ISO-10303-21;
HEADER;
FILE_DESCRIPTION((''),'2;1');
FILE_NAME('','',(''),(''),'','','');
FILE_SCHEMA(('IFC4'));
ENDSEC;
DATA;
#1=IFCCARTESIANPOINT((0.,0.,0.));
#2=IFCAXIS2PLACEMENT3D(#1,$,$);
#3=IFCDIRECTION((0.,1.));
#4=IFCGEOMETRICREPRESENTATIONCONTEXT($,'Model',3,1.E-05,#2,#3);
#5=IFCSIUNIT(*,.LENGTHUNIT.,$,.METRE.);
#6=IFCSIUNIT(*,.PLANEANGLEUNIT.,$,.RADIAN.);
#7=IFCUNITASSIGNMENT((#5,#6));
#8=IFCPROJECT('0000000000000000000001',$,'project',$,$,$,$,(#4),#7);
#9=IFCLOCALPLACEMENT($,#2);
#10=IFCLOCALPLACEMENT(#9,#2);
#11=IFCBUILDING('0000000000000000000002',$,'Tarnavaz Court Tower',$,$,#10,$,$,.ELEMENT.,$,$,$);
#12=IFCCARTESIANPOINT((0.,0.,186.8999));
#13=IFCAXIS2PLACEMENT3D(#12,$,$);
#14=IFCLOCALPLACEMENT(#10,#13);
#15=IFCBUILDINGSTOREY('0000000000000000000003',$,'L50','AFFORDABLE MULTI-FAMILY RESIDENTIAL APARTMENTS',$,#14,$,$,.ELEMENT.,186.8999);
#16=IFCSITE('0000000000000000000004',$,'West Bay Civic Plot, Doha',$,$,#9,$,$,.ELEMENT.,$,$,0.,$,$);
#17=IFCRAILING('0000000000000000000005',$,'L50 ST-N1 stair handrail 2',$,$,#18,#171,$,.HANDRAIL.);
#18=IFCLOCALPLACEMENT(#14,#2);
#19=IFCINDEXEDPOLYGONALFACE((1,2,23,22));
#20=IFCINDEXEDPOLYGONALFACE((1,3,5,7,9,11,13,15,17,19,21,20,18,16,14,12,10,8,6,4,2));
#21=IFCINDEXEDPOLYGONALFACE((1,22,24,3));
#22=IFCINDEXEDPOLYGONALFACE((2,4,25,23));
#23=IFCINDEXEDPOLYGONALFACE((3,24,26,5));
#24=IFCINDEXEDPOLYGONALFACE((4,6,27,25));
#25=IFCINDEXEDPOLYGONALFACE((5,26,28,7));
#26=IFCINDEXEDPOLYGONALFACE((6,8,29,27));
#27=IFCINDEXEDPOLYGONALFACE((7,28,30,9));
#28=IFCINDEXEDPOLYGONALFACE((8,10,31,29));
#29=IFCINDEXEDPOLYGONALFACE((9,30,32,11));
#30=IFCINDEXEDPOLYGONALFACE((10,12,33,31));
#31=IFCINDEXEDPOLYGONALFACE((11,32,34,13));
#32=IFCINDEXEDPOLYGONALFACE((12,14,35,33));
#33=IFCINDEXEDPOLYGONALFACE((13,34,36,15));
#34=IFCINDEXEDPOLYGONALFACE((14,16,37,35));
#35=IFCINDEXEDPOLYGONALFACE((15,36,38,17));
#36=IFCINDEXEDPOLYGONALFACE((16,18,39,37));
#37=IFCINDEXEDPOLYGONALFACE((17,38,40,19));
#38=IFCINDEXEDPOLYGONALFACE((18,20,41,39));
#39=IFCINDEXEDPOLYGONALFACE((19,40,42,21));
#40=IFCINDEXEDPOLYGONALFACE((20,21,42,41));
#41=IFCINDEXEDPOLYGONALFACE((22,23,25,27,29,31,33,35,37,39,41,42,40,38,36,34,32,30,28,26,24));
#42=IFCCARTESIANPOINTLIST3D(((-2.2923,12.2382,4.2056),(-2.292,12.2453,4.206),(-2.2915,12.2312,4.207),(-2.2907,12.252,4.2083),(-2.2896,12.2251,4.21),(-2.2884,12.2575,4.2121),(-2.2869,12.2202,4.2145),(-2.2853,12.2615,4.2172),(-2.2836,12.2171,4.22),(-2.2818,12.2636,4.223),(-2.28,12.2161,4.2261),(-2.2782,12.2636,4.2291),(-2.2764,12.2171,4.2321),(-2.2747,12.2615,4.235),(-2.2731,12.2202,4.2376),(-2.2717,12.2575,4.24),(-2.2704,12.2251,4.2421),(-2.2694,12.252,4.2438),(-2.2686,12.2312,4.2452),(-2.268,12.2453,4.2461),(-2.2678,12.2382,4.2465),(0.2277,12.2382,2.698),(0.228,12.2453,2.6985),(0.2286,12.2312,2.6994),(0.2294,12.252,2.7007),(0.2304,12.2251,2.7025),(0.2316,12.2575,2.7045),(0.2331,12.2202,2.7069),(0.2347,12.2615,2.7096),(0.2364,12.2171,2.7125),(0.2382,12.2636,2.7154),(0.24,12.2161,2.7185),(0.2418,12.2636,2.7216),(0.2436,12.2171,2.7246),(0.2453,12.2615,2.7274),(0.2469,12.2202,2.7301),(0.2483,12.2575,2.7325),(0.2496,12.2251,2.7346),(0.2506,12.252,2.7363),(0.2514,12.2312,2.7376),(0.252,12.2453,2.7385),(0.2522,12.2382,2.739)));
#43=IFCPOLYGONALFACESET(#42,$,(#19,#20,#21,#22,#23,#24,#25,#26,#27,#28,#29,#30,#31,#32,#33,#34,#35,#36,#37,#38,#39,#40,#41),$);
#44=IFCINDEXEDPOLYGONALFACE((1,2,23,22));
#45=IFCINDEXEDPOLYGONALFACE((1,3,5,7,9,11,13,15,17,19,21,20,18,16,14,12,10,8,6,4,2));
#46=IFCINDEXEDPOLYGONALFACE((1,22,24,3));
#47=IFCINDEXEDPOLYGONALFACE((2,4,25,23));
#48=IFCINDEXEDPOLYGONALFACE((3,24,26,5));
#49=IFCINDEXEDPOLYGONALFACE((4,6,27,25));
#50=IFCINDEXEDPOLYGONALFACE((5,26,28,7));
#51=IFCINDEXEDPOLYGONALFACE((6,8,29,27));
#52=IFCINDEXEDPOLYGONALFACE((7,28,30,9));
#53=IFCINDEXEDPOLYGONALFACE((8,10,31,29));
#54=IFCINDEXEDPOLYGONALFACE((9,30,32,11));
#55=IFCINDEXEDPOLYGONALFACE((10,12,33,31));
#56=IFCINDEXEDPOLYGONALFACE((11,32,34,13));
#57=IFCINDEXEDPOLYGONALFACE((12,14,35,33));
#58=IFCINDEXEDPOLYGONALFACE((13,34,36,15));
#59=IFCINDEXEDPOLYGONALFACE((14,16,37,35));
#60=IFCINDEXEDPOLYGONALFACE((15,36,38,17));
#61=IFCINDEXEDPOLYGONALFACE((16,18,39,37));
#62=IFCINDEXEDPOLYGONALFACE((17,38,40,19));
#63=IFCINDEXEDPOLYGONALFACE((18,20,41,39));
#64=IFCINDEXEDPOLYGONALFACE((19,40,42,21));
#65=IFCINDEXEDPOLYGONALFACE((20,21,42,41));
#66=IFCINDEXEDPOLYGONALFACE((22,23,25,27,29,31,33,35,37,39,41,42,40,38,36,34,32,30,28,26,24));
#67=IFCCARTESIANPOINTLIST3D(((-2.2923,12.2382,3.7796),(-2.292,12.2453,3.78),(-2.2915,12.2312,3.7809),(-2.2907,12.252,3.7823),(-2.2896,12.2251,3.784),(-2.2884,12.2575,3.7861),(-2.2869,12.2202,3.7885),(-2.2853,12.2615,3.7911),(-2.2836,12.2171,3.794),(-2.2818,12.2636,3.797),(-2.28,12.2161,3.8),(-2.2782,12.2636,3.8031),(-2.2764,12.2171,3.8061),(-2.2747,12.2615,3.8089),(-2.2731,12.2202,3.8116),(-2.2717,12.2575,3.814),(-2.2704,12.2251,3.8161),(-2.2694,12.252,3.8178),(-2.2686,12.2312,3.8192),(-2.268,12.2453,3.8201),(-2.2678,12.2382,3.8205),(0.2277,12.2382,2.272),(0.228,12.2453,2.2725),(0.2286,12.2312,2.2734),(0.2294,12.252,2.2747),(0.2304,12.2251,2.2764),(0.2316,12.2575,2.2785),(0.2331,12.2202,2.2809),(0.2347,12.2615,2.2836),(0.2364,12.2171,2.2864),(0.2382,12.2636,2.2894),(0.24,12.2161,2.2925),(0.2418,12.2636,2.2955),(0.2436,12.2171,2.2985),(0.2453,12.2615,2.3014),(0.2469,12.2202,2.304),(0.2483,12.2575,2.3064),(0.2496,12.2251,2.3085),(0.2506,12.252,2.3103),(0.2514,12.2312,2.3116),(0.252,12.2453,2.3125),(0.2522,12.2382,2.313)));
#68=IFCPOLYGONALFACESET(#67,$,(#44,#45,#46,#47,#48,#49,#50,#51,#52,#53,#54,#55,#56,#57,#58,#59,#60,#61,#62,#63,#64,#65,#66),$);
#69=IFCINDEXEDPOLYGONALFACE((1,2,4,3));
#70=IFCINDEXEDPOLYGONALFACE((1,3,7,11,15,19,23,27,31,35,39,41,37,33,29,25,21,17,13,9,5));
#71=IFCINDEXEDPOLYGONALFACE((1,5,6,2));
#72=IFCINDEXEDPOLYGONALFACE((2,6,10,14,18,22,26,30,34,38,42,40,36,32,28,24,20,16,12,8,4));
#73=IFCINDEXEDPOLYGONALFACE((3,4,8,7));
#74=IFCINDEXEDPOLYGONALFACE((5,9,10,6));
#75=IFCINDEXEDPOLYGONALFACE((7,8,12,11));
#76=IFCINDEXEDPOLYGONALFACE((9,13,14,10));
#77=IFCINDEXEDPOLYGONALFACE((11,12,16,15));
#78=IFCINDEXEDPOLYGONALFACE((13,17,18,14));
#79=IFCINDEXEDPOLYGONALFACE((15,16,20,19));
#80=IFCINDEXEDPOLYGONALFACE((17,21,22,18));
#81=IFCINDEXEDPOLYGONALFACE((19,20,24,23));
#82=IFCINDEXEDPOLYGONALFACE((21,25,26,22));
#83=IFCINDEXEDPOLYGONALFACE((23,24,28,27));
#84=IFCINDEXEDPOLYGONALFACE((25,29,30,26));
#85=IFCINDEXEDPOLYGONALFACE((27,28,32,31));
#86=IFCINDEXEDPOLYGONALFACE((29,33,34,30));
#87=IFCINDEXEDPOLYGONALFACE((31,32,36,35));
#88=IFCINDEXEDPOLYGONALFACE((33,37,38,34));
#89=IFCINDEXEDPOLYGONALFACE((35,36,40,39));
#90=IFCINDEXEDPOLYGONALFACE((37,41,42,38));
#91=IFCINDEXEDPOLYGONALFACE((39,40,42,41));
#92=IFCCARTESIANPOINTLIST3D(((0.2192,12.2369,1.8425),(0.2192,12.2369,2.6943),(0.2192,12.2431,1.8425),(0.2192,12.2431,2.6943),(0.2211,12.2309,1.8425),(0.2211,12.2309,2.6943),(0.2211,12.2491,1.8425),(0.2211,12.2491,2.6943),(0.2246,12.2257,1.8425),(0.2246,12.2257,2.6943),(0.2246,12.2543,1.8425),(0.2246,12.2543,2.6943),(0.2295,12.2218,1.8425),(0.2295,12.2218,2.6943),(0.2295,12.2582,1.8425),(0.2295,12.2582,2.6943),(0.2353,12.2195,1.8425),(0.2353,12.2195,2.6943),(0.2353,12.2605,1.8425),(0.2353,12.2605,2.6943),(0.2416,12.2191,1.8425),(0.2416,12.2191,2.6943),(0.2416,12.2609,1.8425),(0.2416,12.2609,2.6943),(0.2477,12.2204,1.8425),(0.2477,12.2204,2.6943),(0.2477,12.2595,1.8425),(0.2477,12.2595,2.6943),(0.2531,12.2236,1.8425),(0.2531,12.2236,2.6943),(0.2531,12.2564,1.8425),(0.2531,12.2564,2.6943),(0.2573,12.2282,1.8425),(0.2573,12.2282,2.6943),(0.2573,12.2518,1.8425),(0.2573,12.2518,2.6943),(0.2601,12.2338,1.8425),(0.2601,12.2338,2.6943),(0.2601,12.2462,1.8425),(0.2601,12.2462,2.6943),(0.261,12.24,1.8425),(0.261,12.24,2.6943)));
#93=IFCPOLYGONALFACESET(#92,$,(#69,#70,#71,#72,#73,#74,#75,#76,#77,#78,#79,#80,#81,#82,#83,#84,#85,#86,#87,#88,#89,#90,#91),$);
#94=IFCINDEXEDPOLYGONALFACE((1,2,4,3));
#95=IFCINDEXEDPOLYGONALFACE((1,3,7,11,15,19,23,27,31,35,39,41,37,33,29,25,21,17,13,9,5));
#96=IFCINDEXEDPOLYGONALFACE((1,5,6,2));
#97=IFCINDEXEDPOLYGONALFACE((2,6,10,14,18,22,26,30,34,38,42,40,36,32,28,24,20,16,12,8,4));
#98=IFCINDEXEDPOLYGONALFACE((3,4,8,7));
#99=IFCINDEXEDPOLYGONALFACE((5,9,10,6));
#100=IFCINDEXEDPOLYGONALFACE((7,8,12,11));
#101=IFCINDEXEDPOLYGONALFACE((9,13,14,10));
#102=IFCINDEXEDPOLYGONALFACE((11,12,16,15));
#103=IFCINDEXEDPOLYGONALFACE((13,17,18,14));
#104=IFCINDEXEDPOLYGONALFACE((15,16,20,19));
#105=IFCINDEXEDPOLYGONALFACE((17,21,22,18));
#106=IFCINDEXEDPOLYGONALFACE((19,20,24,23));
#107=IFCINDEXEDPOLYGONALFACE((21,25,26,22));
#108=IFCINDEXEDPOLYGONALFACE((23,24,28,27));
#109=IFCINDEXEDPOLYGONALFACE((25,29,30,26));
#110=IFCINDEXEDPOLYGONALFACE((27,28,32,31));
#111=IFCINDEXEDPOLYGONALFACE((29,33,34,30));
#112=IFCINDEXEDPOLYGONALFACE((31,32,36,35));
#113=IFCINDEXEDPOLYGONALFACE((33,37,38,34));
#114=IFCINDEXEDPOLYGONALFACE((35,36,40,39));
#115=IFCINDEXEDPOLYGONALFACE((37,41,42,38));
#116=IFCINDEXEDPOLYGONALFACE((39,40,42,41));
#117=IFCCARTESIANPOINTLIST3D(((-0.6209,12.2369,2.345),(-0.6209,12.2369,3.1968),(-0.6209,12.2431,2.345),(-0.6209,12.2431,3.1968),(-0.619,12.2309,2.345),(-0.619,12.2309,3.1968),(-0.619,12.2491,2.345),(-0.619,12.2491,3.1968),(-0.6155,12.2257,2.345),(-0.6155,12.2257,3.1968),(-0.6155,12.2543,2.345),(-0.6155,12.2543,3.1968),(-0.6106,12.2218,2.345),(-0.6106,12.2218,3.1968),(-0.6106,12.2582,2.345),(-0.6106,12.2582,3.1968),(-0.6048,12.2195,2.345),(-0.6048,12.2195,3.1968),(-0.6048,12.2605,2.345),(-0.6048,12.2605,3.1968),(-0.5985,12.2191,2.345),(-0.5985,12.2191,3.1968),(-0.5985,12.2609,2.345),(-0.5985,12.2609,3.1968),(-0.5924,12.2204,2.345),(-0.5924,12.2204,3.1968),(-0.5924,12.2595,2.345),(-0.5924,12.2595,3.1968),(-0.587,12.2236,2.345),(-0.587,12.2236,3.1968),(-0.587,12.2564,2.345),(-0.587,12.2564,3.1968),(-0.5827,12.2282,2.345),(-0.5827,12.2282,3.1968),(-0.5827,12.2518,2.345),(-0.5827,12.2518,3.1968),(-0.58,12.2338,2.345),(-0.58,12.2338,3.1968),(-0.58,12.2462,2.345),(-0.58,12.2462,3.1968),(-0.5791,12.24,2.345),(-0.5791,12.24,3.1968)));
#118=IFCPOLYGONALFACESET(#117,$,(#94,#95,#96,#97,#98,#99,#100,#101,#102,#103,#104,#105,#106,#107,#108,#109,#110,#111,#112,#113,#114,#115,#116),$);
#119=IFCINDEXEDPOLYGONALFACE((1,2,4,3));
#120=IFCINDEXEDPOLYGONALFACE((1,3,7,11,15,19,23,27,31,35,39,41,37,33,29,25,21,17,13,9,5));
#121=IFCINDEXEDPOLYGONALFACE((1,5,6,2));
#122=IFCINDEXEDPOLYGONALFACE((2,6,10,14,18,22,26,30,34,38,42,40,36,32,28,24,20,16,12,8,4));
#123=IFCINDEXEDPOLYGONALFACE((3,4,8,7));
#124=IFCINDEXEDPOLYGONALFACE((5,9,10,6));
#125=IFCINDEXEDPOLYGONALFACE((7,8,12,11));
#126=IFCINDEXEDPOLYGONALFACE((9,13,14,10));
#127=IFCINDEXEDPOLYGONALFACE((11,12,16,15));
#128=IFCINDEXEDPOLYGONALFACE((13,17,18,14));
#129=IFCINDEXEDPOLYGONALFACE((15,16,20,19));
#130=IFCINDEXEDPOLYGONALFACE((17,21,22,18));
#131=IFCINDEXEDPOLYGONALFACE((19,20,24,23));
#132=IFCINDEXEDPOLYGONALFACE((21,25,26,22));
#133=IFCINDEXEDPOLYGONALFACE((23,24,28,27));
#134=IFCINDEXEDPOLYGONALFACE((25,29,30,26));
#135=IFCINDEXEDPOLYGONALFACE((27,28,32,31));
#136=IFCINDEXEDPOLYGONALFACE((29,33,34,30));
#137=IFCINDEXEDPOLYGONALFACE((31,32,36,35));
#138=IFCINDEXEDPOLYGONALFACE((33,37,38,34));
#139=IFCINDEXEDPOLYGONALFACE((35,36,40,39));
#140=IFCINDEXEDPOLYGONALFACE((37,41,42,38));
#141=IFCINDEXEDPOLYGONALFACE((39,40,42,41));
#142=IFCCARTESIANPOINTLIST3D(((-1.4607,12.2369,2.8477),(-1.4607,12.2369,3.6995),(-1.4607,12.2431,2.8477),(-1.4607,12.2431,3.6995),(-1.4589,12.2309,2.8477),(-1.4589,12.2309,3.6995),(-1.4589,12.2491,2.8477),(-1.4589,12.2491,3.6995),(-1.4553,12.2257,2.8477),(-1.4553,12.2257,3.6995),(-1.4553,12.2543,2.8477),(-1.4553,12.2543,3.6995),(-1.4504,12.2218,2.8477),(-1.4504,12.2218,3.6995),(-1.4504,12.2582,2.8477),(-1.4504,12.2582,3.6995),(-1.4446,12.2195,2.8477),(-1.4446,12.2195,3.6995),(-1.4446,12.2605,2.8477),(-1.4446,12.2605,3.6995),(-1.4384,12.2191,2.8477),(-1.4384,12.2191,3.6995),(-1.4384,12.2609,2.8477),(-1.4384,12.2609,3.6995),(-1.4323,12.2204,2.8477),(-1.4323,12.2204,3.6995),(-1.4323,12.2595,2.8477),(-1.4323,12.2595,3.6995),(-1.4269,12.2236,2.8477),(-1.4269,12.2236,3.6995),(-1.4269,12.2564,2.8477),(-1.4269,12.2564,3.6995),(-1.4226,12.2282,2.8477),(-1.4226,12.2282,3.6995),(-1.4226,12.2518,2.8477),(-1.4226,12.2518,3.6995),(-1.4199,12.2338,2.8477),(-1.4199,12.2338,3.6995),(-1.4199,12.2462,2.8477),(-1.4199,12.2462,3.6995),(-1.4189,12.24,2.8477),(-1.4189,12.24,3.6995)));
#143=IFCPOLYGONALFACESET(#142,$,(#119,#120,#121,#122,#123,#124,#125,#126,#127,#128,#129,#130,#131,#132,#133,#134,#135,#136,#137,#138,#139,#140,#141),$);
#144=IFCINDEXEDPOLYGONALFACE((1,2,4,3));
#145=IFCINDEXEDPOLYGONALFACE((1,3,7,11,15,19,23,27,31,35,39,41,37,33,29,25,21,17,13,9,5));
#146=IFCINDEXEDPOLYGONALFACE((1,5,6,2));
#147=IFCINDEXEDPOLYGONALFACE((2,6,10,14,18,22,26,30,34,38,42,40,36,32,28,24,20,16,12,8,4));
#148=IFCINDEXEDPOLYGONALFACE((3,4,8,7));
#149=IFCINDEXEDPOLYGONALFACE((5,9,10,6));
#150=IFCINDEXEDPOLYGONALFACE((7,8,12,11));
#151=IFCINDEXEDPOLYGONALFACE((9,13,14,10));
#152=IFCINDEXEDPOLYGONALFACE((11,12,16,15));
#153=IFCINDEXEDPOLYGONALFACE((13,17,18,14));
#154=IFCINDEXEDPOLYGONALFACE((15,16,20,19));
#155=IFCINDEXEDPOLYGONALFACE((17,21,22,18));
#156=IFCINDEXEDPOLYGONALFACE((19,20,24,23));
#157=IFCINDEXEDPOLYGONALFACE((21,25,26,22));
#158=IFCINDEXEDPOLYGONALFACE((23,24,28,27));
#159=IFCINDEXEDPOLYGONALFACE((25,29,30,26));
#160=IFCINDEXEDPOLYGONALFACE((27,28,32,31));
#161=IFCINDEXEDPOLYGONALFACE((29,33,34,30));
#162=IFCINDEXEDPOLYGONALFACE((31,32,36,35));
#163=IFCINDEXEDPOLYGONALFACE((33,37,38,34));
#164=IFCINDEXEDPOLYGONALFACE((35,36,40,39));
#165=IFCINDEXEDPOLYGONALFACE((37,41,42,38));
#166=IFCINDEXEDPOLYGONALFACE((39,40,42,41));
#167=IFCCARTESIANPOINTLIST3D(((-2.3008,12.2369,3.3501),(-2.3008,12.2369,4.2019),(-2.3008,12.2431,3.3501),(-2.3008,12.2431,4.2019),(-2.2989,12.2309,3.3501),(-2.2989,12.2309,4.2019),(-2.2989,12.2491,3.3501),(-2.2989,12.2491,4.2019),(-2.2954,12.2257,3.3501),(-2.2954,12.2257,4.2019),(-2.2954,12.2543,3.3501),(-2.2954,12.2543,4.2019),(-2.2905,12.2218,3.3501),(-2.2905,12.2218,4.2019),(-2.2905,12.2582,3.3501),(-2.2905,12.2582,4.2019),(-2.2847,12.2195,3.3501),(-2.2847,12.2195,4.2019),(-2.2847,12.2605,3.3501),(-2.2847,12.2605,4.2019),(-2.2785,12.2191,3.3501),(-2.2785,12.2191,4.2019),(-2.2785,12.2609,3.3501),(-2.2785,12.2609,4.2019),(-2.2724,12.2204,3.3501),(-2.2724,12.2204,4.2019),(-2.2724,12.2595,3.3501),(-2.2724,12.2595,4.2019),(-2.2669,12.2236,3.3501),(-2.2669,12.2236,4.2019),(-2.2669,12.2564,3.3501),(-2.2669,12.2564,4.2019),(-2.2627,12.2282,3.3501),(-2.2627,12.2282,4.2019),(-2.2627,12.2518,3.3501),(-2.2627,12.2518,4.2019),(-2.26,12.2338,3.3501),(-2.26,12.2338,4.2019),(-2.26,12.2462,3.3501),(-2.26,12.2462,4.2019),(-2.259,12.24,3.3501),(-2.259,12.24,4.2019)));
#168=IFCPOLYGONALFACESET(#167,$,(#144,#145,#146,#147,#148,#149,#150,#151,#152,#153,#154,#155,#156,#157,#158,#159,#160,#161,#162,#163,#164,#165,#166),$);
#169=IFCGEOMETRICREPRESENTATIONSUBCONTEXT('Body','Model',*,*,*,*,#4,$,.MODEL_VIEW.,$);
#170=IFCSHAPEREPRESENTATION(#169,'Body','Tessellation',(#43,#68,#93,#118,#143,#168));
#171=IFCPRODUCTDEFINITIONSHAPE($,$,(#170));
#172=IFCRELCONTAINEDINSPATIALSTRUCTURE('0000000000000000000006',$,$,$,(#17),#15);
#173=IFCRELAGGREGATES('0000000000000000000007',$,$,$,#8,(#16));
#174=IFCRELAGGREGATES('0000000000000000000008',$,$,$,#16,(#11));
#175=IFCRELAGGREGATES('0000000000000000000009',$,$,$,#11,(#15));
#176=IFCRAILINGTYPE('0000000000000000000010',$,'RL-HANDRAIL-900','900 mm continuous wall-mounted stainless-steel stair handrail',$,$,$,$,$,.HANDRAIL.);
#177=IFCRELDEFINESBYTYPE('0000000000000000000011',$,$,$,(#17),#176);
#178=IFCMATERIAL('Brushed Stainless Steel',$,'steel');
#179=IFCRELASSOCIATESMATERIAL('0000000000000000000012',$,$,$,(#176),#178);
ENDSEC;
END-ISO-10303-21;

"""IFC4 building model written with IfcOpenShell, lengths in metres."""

from ifc_helpers import new_model, si_unit, direction, frame, origin, origin_2d, place, context, subcontext, project, spatial, circle, extrude, material, type_object, element, save


model = new_model("IFC4")

# Units and contexts
model_context = context("Model", 3, precision=1e-05, world=origin(), true_north=direction((0.0, 1.0)))
body_context = subcontext(model_context, "Body", "Model", "MODEL_VIEW")
ifc_project = project(units=[si_unit("LENGTHUNIT", "METRE"), si_unit("PLANEANGLEUNIT", "RADIAN")], contexts=[model_context])

# Site, building, storey
site_placement = place(None, origin())
site = spatial("IfcSite", under=ifc_project, at=site_placement, Name="West Bay Civic Plot, Doha", CompositionType="ELEMENT", RefElevation=0.0)
building_placement = place(site_placement, origin())
building = spatial("IfcBuilding", under=site, at=building_placement, Name="Tarnavaz Court Tower", CompositionType="ELEMENT")
storey_placement = place(building_placement, frame((0.0, 0.0, 186.8999)))
storey = spatial("IfcBuildingStorey", under=building, at=storey_placement, Name="L50", Description="AFFORDABLE MULTI-FAMILY RESIDENTIAL APARTMENTS", CompositionType="ELEMENT", Elevation=186.8999)

# Railing
ifc_material_1 = material(Name="Brushed Stainless Steel", Category="steel")
railing_type_1 = type_object("IfcRailingType", Name="RL-HANDRAIL-900", Description="900 mm continuous wall-mounted stainless-steel stair handrail", PredefinedType="HANDRAIL", material=ifc_material_1)
railing_1_placement = place(storey_placement, frame((0.24, 12.24, 1.8425)))
element("IfcRailing", 1, at=railing_1_placement, inside=storey, type_object=railing_type_1, Name="L50 ST-N1 stair handrail 2", PredefinedType="HANDRAIL", context=body_context, shape_type="SweptSolid", body=[
    extrude(circle(Radius=0.0239, at=origin_2d()), frame((0.0, 0.0, 0.876), z_axis=(-0.85816, 0.0, 0.513383), x_axis=(0.0, -1.0, 0.0)), (0.0, 0.0, 1.0), 2.9365),
    extrude(circle(Radius=0.0239, at=origin_2d()), frame((0.0, 0.0, 0.45), z_axis=(-0.85816, 0.0, 0.513383), x_axis=(0.0, -1.0, 0.0)), (0.0, 0.0, 1.0), 2.9365),
    extrude(circle(Radius=0.021, at=origin_2d()), origin(), (0.0, 0.0, 1.0), 0.8518),
    extrude(circle(Radius=0.021, at=origin_2d()), frame((-0.8401, 0.0, 0.5024)), (0.0, 0.0, 1.0), 0.8518),
    extrude(circle(Radius=0.021, at=origin_2d()), frame((-1.6799, 0.0, 1.0051)), (0.0, 0.0, 1.0), 0.8518),
    extrude(circle(Radius=0.021, at=origin_2d()), frame((-2.52, 0.0, 1.5076)), (0.0, 0.0, 1.0), 0.8518),
])

save(model, "model.ifc")
